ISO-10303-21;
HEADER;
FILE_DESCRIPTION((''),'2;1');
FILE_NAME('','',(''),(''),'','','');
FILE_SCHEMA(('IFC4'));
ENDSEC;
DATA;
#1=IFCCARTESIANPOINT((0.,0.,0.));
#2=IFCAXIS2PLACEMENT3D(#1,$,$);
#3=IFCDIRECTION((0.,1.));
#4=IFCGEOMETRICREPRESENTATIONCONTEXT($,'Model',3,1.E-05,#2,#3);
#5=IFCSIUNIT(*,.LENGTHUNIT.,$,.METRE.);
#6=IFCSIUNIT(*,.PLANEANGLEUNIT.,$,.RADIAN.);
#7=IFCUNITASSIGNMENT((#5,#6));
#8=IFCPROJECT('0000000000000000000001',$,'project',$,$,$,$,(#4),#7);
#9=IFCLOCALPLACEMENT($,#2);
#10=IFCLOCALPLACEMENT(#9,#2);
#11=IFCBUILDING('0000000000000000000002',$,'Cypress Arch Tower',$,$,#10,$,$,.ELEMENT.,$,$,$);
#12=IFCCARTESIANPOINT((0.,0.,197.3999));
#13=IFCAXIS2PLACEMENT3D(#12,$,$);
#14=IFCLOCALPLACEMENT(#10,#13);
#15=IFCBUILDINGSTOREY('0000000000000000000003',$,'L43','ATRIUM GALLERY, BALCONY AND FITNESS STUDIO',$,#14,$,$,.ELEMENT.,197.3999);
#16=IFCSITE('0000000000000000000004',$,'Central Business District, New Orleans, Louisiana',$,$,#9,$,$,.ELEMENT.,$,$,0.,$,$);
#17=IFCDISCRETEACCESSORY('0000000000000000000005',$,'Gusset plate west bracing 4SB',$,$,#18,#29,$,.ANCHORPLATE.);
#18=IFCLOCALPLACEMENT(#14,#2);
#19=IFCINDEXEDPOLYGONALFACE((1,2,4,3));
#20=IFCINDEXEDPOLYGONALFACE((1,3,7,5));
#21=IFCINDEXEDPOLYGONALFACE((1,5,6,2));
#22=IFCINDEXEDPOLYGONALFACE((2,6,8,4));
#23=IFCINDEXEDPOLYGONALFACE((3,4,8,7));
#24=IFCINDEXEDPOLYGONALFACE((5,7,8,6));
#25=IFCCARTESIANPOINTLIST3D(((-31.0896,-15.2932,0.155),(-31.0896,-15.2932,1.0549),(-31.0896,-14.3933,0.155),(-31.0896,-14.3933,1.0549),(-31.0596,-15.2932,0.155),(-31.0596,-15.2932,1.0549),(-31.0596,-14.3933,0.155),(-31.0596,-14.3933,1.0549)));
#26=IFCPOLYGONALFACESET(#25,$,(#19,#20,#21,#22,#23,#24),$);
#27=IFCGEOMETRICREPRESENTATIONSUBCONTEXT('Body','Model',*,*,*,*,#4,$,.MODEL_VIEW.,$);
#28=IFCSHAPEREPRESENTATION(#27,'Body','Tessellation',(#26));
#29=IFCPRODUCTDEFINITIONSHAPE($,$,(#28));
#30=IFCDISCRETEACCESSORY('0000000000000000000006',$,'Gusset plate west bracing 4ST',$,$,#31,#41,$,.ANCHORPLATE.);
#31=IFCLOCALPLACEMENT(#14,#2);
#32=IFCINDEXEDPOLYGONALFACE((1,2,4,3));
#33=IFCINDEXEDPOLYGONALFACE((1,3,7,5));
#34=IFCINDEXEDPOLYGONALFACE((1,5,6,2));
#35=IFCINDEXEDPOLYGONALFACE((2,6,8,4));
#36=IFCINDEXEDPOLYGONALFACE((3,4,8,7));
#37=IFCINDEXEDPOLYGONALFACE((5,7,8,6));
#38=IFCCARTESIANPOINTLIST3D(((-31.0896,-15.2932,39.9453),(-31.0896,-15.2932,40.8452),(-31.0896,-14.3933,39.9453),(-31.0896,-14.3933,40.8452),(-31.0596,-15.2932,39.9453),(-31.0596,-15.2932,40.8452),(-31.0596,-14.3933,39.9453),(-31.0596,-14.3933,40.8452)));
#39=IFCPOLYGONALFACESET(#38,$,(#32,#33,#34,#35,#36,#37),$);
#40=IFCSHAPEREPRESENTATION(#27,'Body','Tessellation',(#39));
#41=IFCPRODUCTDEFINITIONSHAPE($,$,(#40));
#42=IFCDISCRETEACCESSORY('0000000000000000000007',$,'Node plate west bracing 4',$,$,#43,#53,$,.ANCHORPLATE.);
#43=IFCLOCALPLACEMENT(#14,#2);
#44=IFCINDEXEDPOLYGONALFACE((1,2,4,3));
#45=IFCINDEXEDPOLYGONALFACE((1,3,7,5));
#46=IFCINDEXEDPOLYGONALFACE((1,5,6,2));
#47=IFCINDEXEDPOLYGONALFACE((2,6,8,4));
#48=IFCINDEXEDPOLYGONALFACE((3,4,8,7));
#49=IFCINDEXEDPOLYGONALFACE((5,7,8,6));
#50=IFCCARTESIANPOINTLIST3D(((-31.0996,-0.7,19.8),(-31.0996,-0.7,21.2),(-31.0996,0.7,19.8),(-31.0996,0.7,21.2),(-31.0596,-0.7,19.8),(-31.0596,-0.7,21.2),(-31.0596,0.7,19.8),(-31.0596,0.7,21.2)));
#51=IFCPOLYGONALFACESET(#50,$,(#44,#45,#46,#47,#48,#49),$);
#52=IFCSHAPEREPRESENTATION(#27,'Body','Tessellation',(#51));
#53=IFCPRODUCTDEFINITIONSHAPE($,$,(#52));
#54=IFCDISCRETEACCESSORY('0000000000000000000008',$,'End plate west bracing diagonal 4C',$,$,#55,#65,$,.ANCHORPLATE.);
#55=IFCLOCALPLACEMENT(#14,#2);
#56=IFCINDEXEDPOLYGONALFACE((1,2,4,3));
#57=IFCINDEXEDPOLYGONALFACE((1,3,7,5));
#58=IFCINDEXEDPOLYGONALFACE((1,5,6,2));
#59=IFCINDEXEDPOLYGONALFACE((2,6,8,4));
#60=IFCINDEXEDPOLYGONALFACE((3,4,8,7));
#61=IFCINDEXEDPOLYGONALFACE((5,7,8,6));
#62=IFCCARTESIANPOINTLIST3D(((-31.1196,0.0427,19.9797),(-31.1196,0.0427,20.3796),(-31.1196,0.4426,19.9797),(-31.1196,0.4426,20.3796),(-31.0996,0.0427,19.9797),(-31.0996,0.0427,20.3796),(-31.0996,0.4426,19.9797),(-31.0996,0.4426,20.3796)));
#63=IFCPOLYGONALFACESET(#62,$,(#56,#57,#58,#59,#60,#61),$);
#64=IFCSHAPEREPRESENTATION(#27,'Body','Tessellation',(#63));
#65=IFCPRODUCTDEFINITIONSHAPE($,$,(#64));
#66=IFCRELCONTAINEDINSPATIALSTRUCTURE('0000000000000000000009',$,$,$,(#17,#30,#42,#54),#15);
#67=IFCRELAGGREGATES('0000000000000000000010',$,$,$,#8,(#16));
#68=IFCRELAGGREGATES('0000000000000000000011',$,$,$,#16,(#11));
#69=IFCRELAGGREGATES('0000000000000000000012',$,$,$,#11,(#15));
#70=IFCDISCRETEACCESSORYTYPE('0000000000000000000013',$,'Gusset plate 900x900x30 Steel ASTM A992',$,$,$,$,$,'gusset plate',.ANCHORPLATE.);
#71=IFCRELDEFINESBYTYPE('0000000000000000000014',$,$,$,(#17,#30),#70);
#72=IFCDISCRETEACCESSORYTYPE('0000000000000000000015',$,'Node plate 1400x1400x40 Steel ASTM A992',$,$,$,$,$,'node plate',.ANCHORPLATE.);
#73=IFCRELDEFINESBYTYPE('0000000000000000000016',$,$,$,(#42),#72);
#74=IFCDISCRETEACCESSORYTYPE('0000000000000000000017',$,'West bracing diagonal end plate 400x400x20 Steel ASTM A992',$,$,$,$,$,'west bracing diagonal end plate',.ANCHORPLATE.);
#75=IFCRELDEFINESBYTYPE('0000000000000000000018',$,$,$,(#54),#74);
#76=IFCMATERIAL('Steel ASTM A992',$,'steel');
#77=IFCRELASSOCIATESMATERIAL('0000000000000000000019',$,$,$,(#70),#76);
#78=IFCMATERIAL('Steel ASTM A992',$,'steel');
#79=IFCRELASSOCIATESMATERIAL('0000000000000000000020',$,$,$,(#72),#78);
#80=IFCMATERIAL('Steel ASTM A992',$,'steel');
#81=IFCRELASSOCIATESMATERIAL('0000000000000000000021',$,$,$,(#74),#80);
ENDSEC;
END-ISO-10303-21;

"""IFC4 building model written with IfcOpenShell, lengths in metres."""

from ifc_helpers import new_model, si_unit, direction, frame, origin, origin_2d, place, context, subcontext, project, spatial, rectangle, extrude, material, material_profile, profile_set, type_object, element, save


model = new_model("IFC4")

# Units and contexts
model_context = context("Model", 3, precision=1e-05, world=origin(), true_north=direction((0.0, 1.0)))
body_context = subcontext(model_context, "Body", "Model", "MODEL_VIEW")
ifc_project = project(units=[si_unit("LENGTHUNIT", "METRE"), si_unit("PLANEANGLEUNIT", "RADIAN")], contexts=[model_context])

# Site, building, storey
site_placement = place(None, origin())
site = spatial("IfcSite", under=ifc_project, at=site_placement, Name="Central Business District, New Orleans, Louisiana", CompositionType="ELEMENT", RefElevation=0.0)
building_placement = place(site_placement, origin())
building = spatial("IfcBuilding", under=site, at=building_placement, Name="Cypress Arch Tower", CompositionType="ELEMENT")
storey_placement = place(building_placement, frame((0.0, 0.0, 197.3999)))
storey = spatial("IfcBuildingStorey", under=building, at=storey_placement, Name="L43", Description="ATRIUM GALLERY, BALCONY AND FITNESS STUDIO", CompositionType="ELEMENT", Elevation=197.3999)

# Discrete accessories
ifc_material_1 = material(Name="Steel ASTM A992", Category="steel")
ifc_material_profile_1 = material_profile(ifc_material_1, rectangle(XDim=0.8999, YDim=0.8999, at=origin_2d()), Name="PL 30 900x900")
ifc_profile_set_1 = profile_set([ifc_material_profile_1], Name="Steel ASTM A992")
discrete_accessory_type_1 = type_object("IfcDiscreteAccessoryType", Name="Gusset plate 900x900x30 Steel ASTM A992", ElementType="gusset plate", PredefinedType="ANCHORPLATE", material=ifc_profile_set_1)
for number, where, z_axis, x_axis, name in (
    (1, (-31.0596, -14.8433, 0.605), (-1.0, 0.0, 0.0), (0.0, -1.0, 0.0), "Gusset plate west bracing 4SB"),
    (2, (-31.0596, -14.8433, 40.3953), (-1.0, 0.0, 0.0), (0.0, -1.0, 0.0), "Gusset plate west bracing 4ST"),
):
    element("IfcDiscreteAccessory", number, at=place(storey_placement, frame(where, z_axis=z_axis, x_axis=x_axis)), inside=storey, type_object=discrete_accessory_type_1, Name=name, PredefinedType="ANCHORPLATE", context=body_context, shape_type="SweptSolid", body=[
        extrude(rectangle(XDim=0.8999, YDim=0.8999, at=origin_2d()), origin(), (0.0, 0.0, 1.0), 0.03),
    ])
ifc_material_2 = material(Name="Steel ASTM A992", Category="steel")
ifc_material_profile_2 = material_profile(ifc_material_2, rectangle(XDim=1.3999, YDim=1.3999, at=origin_2d()), Name="PL 40 1400x1400")
ifc_profile_set_2 = profile_set([ifc_material_profile_2], Name="Steel ASTM A992")
discrete_accessory_type_2 = type_object("IfcDiscreteAccessoryType", Name="Node plate 1400x1400x40 Steel ASTM A992", ElementType="node plate", PredefinedType="ANCHORPLATE", material=ifc_profile_set_2)
discrete_accessory_1_placement = place(storey_placement, frame((-31.0596, 0.0, 20.5), z_axis=(-1.0, 0.0, 0.0), x_axis=(0.0, -1.0, 0.0)))
element("IfcDiscreteAccessory", 3, at=discrete_accessory_1_placement, inside=storey, type_object=discrete_accessory_type_2, Name="Node plate west bracing 4", PredefinedType="ANCHORPLATE", context=body_context, shape_type="SweptSolid", body=[
    extrude(rectangle(XDim=1.3999, YDim=1.3999, at=origin_2d()), origin(), (0.0, 0.0, 1.0), 0.04),
])
ifc_material_3 = material(Name="Steel ASTM A992", Category="steel")
ifc_material_profile_3 = material_profile(ifc_material_3, rectangle(XDim=0.3999, YDim=0.3999, at=origin_2d()), Name="PL 20 400x400")
ifc_profile_set_3 = profile_set([ifc_material_profile_3], Name="Steel ASTM A992")
discrete_accessory_type_3 = type_object("IfcDiscreteAccessoryType", Name="West bracing diagonal end plate 400x400x20 Steel ASTM A992", ElementType="west bracing diagonal end plate", PredefinedType="ANCHORPLATE", material=ifc_profile_set_3)
discrete_accessory_2_placement = place(storey_placement, frame((-31.0996, 0.2427, 20.1797), z_axis=(-1.0, 0.0, 0.0), x_axis=(0.0, -1.0, 0.0)))
element("IfcDiscreteAccessory", 4, at=discrete_accessory_2_placement, inside=storey, type_object=discrete_accessory_type_3, Name="End plate west bracing diagonal 4C", PredefinedType="ANCHORPLATE", context=body_context, shape_type="SweptSolid", body=[
    extrude(rectangle(XDim=0.3999, YDim=0.3999, at=origin_2d()), origin(), (0.0, 0.0, 1.0), 0.02),
])

save(model, "model.ifc")
